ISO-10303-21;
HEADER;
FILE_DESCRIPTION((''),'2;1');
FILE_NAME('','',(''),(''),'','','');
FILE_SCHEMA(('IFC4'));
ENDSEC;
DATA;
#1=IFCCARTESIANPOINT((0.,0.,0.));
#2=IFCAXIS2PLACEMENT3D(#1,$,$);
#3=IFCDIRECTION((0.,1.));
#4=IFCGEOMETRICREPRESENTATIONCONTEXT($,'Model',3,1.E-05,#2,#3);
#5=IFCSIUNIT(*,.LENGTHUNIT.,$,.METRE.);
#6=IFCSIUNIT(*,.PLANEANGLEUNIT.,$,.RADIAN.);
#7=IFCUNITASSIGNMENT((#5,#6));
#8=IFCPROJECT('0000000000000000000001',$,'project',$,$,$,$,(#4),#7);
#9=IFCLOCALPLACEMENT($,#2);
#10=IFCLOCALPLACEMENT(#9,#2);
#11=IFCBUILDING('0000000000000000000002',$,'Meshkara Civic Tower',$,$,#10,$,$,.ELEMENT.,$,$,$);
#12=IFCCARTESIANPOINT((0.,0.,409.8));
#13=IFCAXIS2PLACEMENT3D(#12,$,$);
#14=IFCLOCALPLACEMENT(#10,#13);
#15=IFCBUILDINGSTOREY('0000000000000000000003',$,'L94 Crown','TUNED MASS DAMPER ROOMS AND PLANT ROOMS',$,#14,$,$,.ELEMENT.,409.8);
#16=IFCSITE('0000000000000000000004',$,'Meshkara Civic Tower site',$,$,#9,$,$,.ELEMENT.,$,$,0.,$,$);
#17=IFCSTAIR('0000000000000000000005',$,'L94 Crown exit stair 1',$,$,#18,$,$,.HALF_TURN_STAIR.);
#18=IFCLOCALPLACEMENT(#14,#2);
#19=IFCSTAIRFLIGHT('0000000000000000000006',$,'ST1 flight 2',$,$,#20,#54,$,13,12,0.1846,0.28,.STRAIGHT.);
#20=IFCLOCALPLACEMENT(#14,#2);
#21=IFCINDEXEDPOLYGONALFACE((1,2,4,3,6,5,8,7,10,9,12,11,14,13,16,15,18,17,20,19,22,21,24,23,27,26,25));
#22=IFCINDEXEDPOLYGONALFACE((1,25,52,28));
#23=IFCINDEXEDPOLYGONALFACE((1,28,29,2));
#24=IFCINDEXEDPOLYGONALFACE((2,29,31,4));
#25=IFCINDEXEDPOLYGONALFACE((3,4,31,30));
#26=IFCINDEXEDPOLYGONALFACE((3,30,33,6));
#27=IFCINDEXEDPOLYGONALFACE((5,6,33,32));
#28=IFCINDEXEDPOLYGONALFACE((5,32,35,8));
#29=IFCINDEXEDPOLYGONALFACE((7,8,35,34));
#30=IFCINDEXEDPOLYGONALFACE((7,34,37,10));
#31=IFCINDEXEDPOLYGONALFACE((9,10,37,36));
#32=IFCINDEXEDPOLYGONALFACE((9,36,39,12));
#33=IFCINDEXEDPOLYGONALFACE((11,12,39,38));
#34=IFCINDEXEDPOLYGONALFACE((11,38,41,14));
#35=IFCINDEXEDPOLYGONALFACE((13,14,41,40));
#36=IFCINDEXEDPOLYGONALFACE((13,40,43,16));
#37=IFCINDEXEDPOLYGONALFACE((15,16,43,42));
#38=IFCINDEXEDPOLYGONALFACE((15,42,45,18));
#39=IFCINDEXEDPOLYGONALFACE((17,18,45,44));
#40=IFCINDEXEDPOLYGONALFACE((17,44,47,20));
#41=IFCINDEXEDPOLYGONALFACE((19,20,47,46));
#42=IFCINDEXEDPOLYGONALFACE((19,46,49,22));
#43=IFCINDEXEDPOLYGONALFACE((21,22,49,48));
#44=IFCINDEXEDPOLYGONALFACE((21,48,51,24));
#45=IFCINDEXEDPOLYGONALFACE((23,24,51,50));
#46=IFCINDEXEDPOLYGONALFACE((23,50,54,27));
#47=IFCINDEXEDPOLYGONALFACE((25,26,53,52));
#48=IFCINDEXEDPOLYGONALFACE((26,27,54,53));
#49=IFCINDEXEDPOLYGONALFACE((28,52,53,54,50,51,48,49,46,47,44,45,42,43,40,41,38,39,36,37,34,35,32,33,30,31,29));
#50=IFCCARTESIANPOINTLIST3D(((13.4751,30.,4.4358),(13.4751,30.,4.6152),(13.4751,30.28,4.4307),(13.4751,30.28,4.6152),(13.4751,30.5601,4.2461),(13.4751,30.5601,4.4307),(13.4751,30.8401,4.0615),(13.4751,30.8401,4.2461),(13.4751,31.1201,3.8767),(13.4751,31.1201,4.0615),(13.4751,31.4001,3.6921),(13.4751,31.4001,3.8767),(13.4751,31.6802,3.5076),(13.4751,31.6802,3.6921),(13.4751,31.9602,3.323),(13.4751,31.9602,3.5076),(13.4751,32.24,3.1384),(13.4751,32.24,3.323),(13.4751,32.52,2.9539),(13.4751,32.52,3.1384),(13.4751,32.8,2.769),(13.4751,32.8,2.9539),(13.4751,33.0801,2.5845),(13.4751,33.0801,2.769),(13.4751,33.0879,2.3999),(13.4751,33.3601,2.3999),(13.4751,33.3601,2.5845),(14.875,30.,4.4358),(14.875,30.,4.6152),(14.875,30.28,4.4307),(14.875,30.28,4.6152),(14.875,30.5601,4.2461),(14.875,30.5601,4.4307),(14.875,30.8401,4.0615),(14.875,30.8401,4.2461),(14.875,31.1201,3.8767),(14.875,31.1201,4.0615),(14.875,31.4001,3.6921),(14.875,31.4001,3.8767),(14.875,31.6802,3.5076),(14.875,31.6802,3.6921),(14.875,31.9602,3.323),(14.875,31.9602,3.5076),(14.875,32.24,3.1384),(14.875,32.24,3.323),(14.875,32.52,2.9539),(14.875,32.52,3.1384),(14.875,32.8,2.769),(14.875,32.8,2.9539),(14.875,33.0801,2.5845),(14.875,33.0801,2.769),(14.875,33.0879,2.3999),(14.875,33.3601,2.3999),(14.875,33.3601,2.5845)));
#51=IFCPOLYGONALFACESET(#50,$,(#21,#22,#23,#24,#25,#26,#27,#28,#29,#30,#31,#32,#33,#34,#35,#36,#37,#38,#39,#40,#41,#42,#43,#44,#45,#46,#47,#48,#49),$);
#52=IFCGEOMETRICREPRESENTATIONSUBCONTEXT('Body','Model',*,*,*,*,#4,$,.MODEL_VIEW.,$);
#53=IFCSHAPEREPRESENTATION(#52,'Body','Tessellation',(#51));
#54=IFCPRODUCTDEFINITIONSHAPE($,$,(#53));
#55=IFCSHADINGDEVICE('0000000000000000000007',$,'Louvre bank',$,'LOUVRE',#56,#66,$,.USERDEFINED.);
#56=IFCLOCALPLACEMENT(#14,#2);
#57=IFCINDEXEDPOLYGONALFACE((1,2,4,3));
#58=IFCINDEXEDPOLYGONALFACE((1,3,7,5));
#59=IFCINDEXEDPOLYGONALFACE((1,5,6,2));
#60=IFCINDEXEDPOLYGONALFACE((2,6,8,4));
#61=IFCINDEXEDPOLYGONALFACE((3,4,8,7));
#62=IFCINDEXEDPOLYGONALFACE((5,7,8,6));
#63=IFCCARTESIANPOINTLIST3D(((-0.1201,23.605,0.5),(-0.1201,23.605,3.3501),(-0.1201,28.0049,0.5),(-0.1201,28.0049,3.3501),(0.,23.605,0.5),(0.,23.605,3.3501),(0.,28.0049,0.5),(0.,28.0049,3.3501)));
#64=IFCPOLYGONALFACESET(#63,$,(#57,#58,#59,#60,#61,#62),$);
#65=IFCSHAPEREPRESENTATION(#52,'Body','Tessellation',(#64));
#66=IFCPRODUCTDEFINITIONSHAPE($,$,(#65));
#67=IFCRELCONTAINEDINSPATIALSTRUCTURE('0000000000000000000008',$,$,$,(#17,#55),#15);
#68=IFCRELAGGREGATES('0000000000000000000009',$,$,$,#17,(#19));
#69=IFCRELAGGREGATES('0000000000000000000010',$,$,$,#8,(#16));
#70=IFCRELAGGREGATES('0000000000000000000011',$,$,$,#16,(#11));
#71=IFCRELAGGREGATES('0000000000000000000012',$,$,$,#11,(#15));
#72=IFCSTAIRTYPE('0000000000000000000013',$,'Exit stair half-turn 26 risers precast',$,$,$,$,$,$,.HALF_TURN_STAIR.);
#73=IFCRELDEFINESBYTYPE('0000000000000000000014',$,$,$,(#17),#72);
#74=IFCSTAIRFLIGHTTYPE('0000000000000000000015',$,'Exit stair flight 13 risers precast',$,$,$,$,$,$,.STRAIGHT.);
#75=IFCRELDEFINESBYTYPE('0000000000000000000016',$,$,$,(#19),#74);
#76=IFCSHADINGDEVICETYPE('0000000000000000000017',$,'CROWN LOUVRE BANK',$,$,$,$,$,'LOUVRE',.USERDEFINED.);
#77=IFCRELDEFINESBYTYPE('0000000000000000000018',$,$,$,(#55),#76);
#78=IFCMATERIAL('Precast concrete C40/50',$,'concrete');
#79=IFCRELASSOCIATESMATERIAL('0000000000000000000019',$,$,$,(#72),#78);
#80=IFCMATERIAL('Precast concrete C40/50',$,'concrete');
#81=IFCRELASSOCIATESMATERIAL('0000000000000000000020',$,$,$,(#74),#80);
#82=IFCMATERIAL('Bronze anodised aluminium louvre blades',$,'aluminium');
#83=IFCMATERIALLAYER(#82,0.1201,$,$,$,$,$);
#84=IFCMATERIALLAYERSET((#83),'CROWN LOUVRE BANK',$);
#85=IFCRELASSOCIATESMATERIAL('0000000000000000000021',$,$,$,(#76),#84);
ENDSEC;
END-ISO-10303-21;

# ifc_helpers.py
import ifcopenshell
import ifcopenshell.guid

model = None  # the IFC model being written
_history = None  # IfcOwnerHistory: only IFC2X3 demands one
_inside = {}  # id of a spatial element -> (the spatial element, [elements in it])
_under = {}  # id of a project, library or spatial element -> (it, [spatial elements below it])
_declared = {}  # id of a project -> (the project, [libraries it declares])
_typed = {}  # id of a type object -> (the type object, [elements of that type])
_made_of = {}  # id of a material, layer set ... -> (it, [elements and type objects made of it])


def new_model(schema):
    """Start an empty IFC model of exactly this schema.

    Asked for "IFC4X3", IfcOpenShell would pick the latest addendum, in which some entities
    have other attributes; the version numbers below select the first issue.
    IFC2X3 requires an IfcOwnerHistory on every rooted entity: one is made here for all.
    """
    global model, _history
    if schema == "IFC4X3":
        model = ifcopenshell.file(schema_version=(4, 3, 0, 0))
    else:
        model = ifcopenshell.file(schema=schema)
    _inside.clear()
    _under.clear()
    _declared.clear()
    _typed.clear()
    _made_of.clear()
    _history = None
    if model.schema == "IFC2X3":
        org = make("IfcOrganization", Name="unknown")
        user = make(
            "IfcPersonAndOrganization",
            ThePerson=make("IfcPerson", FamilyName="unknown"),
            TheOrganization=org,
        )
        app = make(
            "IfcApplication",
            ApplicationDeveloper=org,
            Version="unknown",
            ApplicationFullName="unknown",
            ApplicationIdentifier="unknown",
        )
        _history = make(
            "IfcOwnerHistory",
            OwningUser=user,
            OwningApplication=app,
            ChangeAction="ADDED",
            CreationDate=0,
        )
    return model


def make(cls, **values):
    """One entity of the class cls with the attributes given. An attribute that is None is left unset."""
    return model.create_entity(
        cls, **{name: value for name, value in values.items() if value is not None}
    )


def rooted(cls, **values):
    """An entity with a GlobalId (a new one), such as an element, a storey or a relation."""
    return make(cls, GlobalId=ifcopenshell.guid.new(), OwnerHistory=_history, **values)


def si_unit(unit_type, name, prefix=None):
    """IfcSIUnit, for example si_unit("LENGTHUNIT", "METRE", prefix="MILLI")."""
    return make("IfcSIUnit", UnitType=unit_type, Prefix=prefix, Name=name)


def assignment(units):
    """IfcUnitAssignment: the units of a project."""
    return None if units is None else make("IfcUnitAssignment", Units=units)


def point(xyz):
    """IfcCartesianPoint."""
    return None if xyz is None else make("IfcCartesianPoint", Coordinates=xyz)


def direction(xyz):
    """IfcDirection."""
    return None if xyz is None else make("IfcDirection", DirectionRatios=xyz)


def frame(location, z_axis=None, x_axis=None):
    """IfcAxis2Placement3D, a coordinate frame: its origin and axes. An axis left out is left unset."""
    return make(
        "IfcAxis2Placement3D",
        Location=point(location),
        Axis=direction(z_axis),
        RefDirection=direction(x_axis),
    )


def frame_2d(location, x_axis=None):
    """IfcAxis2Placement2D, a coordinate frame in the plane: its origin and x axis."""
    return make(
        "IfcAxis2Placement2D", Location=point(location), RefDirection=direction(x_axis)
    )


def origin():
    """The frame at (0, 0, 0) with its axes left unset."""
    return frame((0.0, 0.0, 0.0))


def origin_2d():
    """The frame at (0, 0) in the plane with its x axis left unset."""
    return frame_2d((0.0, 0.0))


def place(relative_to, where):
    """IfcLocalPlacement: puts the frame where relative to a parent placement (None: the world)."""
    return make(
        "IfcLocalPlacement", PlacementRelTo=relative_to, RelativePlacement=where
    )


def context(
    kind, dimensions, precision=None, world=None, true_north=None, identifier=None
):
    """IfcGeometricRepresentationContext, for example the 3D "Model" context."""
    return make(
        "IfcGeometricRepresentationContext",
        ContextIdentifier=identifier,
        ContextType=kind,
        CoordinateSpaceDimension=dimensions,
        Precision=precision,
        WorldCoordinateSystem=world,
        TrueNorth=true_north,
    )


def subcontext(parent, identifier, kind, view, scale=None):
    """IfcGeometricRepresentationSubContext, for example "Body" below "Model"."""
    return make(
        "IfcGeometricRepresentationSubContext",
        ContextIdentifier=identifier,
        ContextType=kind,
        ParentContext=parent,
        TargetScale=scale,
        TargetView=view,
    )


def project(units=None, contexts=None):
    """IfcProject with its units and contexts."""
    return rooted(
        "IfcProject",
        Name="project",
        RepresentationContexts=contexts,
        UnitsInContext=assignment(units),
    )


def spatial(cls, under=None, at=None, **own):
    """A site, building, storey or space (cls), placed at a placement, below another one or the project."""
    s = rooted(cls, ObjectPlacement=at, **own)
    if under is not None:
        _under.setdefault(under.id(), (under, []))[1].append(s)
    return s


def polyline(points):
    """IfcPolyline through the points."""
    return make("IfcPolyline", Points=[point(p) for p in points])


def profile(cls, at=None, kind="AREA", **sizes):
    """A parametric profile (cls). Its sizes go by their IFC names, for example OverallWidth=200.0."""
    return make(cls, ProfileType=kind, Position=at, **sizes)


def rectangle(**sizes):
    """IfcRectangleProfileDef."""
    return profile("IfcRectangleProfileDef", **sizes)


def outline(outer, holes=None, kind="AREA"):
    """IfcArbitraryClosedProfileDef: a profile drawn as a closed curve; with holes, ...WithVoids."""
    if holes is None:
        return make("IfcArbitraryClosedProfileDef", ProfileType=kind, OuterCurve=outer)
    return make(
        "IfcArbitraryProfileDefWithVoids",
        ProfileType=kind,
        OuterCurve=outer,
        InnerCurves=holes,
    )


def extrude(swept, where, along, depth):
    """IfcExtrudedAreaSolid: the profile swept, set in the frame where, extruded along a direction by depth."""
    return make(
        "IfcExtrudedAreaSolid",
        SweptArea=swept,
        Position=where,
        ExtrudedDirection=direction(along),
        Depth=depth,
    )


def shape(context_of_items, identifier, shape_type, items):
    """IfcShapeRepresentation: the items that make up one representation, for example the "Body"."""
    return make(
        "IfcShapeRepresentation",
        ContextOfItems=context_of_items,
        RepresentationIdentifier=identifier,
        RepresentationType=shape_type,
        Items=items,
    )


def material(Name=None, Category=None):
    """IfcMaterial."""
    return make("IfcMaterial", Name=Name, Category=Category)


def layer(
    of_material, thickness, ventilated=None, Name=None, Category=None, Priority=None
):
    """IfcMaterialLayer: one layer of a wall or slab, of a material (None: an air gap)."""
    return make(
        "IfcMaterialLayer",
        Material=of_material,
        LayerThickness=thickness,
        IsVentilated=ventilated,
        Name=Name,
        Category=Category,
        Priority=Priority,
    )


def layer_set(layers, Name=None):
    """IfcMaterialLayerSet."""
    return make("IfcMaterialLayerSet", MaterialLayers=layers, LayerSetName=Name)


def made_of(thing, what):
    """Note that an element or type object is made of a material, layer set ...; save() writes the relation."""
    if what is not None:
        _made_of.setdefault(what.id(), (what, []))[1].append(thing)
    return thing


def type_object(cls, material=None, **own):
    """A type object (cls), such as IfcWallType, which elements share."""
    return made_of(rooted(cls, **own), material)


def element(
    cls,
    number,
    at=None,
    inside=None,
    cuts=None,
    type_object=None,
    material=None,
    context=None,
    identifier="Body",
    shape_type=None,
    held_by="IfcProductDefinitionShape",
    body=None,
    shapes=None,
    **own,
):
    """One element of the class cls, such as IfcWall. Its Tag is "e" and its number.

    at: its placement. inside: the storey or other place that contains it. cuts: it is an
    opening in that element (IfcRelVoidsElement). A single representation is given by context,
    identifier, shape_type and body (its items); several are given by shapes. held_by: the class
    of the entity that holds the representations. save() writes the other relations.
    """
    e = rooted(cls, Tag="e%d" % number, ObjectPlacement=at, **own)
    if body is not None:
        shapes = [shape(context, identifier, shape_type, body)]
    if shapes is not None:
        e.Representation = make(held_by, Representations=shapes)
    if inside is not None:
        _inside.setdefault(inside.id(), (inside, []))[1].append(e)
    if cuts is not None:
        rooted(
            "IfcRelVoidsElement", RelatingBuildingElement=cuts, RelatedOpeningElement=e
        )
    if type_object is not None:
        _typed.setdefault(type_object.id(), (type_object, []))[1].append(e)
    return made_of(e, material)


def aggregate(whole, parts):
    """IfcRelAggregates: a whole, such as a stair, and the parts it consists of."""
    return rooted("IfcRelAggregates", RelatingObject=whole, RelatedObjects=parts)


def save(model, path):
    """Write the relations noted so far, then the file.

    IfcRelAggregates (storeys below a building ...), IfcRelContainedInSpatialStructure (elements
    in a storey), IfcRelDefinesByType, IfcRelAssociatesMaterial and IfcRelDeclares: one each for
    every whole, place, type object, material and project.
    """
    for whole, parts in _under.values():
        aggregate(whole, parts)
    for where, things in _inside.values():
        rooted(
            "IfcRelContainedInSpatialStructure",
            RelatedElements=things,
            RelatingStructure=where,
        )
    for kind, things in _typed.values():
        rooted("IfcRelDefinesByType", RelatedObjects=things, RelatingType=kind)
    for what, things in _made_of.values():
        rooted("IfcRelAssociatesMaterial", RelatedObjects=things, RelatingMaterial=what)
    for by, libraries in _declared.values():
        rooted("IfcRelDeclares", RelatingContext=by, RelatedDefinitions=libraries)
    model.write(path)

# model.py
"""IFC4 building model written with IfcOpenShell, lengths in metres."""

from ifc_helpers import new_model, si_unit, direction, frame, origin, origin_2d, place, context, subcontext, project, spatial, polyline, rectangle, outline, extrude, material, layer, layer_set, type_object, element, aggregate, save


model = new_model("IFC4")

# Units and contexts
model_context = context("Model", 3, precision=1e-05, world=origin(), true_north=direction((0.0, 1.0)))
body_context = subcontext(model_context, "Body", "Model", "MODEL_VIEW")
ifc_project = project(units=[si_unit("LENGTHUNIT", "METRE"), si_unit("PLANEANGLEUNIT", "RADIAN")], contexts=[model_context])

# Site, building, storey
site_placement = place(None, origin())
site = spatial("IfcSite", under=ifc_project, at=site_placement, Name="Meshkara Civic Tower site", CompositionType="ELEMENT", RefElevation=0.0)
building_placement = place(site_placement, origin())
building = spatial("IfcBuilding", under=site, at=building_placement, Name="Meshkara Civic Tower", CompositionType="ELEMENT")
storey_placement = place(building_placement, frame((0.0, 0.0, 409.8)))
storey = spatial("IfcBuildingStorey", under=building, at=storey_placement, Name="L94 Crown", Description="TUNED MASS DAMPER ROOMS AND PLANT ROOMS", CompositionType="ELEMENT", Elevation=409.8)

# Stair, stair flight
ifc_material_1 = material(Name="Precast concrete C40/50", Category="concrete")
stair_type = type_object("IfcStairType", Name="Exit stair half-turn 26 risers precast", PredefinedType="HALF_TURN_STAIR", material=ifc_material_1)
stair_placement = place(storey_placement, origin())
stair = element("IfcStair", 1, at=stair_placement, inside=storey, type_object=stair_type, Name="L94 Crown exit stair 1", PredefinedType="HALF_TURN_STAIR")
ifc_material_2 = material(Name="Precast concrete C40/50", Category="concrete")
stair_flight_type = type_object("IfcStairFlightType", Name="Exit stair flight 13 risers precast", PredefinedType="STRAIGHT", material=ifc_material_2)
stair_flight_placement = place(storey_placement, frame((14.175, 33.3601, 2.3999), z_axis=(0.0, 0.0, 1.0), x_axis=(0.0, -1.0, 0.0)))
stair_flight = element("IfcStairFlight", 2, at=stair_flight_placement, type_object=stair_flight_type, Name="ST1 flight 2", NumberOfRisers=13, NumberOfTreads=12, PredefinedType="STRAIGHT", RiserHeight=0.1846, TreadLength=0.28, context=body_context, shape_type="SweptSolid", body=[
    extrude(outline(polyline([(0.0, 0.0), (0.0, 0.1846), (0.28, 0.1846), (0.28, 0.3691), (0.5601, 0.3691), (0.5601, 0.554), (0.8401, 0.554), (0.8401, 0.7385), (1.1201, 0.7385), (1.1201, 0.9231), (1.3999, 0.9231), (1.3999, 1.1077), (1.6799, 1.1077), (1.6799, 1.2922), (1.96, 1.2922), (1.96, 1.4768), (2.24, 1.4768), (2.24, 1.6616), (2.52, 1.6616), (2.52, 1.8462), (2.8, 1.8462), (2.8, 2.0308), (3.0801, 2.0308), (3.0801, 2.2153), (3.3601, 2.2153), (3.3601, 2.3999), (3.3601, 2.0359), (0.2722, 0.0), (0.0, 0.0)])), frame((0.0, 0.7, 0.0), z_axis=(0.0, -1.0, 0.0), x_axis=(1.0, 0.0, 0.0)), (0.0, 0.0, 1.0), 1.3999),
])
aggregate(stair, [stair_flight])

# Shading device
ifc_material_3 = material(Name="Bronze anodised aluminium louvre blades", Category="aluminium")
ifc_layer_1 = layer(ifc_material_3, 0.1201)
ifc_layer_set_1 = layer_set([ifc_layer_1], Name="CROWN LOUVRE BANK")
shading_device_type = type_object("IfcShadingDeviceType", Name="CROWN LOUVRE BANK", ElementType="LOUVRE", PredefinedType="USERDEFINED", material=ifc_layer_set_1)
shading_device_placement = place(storey_placement, frame((-0.0601, 25.8049, 0.5), z_axis=(0.0, 0.0, 1.0), x_axis=(0.0, -1.0, 0.0)))
element("IfcShadingDevice", 3, at=shading_device_placement, inside=storey, type_object=shading_device_type, Name="Louvre bank", ObjectType="LOUVRE", PredefinedType="USERDEFINED", context=body_context, shape_type="SweptSolid", body=[
    extrude(rectangle(XDim=4.3999, YDim=0.1201, at=origin_2d()), origin(), (0.0, 0.0, 1.0), 2.8501),
])

save(model, "model.ifc")
